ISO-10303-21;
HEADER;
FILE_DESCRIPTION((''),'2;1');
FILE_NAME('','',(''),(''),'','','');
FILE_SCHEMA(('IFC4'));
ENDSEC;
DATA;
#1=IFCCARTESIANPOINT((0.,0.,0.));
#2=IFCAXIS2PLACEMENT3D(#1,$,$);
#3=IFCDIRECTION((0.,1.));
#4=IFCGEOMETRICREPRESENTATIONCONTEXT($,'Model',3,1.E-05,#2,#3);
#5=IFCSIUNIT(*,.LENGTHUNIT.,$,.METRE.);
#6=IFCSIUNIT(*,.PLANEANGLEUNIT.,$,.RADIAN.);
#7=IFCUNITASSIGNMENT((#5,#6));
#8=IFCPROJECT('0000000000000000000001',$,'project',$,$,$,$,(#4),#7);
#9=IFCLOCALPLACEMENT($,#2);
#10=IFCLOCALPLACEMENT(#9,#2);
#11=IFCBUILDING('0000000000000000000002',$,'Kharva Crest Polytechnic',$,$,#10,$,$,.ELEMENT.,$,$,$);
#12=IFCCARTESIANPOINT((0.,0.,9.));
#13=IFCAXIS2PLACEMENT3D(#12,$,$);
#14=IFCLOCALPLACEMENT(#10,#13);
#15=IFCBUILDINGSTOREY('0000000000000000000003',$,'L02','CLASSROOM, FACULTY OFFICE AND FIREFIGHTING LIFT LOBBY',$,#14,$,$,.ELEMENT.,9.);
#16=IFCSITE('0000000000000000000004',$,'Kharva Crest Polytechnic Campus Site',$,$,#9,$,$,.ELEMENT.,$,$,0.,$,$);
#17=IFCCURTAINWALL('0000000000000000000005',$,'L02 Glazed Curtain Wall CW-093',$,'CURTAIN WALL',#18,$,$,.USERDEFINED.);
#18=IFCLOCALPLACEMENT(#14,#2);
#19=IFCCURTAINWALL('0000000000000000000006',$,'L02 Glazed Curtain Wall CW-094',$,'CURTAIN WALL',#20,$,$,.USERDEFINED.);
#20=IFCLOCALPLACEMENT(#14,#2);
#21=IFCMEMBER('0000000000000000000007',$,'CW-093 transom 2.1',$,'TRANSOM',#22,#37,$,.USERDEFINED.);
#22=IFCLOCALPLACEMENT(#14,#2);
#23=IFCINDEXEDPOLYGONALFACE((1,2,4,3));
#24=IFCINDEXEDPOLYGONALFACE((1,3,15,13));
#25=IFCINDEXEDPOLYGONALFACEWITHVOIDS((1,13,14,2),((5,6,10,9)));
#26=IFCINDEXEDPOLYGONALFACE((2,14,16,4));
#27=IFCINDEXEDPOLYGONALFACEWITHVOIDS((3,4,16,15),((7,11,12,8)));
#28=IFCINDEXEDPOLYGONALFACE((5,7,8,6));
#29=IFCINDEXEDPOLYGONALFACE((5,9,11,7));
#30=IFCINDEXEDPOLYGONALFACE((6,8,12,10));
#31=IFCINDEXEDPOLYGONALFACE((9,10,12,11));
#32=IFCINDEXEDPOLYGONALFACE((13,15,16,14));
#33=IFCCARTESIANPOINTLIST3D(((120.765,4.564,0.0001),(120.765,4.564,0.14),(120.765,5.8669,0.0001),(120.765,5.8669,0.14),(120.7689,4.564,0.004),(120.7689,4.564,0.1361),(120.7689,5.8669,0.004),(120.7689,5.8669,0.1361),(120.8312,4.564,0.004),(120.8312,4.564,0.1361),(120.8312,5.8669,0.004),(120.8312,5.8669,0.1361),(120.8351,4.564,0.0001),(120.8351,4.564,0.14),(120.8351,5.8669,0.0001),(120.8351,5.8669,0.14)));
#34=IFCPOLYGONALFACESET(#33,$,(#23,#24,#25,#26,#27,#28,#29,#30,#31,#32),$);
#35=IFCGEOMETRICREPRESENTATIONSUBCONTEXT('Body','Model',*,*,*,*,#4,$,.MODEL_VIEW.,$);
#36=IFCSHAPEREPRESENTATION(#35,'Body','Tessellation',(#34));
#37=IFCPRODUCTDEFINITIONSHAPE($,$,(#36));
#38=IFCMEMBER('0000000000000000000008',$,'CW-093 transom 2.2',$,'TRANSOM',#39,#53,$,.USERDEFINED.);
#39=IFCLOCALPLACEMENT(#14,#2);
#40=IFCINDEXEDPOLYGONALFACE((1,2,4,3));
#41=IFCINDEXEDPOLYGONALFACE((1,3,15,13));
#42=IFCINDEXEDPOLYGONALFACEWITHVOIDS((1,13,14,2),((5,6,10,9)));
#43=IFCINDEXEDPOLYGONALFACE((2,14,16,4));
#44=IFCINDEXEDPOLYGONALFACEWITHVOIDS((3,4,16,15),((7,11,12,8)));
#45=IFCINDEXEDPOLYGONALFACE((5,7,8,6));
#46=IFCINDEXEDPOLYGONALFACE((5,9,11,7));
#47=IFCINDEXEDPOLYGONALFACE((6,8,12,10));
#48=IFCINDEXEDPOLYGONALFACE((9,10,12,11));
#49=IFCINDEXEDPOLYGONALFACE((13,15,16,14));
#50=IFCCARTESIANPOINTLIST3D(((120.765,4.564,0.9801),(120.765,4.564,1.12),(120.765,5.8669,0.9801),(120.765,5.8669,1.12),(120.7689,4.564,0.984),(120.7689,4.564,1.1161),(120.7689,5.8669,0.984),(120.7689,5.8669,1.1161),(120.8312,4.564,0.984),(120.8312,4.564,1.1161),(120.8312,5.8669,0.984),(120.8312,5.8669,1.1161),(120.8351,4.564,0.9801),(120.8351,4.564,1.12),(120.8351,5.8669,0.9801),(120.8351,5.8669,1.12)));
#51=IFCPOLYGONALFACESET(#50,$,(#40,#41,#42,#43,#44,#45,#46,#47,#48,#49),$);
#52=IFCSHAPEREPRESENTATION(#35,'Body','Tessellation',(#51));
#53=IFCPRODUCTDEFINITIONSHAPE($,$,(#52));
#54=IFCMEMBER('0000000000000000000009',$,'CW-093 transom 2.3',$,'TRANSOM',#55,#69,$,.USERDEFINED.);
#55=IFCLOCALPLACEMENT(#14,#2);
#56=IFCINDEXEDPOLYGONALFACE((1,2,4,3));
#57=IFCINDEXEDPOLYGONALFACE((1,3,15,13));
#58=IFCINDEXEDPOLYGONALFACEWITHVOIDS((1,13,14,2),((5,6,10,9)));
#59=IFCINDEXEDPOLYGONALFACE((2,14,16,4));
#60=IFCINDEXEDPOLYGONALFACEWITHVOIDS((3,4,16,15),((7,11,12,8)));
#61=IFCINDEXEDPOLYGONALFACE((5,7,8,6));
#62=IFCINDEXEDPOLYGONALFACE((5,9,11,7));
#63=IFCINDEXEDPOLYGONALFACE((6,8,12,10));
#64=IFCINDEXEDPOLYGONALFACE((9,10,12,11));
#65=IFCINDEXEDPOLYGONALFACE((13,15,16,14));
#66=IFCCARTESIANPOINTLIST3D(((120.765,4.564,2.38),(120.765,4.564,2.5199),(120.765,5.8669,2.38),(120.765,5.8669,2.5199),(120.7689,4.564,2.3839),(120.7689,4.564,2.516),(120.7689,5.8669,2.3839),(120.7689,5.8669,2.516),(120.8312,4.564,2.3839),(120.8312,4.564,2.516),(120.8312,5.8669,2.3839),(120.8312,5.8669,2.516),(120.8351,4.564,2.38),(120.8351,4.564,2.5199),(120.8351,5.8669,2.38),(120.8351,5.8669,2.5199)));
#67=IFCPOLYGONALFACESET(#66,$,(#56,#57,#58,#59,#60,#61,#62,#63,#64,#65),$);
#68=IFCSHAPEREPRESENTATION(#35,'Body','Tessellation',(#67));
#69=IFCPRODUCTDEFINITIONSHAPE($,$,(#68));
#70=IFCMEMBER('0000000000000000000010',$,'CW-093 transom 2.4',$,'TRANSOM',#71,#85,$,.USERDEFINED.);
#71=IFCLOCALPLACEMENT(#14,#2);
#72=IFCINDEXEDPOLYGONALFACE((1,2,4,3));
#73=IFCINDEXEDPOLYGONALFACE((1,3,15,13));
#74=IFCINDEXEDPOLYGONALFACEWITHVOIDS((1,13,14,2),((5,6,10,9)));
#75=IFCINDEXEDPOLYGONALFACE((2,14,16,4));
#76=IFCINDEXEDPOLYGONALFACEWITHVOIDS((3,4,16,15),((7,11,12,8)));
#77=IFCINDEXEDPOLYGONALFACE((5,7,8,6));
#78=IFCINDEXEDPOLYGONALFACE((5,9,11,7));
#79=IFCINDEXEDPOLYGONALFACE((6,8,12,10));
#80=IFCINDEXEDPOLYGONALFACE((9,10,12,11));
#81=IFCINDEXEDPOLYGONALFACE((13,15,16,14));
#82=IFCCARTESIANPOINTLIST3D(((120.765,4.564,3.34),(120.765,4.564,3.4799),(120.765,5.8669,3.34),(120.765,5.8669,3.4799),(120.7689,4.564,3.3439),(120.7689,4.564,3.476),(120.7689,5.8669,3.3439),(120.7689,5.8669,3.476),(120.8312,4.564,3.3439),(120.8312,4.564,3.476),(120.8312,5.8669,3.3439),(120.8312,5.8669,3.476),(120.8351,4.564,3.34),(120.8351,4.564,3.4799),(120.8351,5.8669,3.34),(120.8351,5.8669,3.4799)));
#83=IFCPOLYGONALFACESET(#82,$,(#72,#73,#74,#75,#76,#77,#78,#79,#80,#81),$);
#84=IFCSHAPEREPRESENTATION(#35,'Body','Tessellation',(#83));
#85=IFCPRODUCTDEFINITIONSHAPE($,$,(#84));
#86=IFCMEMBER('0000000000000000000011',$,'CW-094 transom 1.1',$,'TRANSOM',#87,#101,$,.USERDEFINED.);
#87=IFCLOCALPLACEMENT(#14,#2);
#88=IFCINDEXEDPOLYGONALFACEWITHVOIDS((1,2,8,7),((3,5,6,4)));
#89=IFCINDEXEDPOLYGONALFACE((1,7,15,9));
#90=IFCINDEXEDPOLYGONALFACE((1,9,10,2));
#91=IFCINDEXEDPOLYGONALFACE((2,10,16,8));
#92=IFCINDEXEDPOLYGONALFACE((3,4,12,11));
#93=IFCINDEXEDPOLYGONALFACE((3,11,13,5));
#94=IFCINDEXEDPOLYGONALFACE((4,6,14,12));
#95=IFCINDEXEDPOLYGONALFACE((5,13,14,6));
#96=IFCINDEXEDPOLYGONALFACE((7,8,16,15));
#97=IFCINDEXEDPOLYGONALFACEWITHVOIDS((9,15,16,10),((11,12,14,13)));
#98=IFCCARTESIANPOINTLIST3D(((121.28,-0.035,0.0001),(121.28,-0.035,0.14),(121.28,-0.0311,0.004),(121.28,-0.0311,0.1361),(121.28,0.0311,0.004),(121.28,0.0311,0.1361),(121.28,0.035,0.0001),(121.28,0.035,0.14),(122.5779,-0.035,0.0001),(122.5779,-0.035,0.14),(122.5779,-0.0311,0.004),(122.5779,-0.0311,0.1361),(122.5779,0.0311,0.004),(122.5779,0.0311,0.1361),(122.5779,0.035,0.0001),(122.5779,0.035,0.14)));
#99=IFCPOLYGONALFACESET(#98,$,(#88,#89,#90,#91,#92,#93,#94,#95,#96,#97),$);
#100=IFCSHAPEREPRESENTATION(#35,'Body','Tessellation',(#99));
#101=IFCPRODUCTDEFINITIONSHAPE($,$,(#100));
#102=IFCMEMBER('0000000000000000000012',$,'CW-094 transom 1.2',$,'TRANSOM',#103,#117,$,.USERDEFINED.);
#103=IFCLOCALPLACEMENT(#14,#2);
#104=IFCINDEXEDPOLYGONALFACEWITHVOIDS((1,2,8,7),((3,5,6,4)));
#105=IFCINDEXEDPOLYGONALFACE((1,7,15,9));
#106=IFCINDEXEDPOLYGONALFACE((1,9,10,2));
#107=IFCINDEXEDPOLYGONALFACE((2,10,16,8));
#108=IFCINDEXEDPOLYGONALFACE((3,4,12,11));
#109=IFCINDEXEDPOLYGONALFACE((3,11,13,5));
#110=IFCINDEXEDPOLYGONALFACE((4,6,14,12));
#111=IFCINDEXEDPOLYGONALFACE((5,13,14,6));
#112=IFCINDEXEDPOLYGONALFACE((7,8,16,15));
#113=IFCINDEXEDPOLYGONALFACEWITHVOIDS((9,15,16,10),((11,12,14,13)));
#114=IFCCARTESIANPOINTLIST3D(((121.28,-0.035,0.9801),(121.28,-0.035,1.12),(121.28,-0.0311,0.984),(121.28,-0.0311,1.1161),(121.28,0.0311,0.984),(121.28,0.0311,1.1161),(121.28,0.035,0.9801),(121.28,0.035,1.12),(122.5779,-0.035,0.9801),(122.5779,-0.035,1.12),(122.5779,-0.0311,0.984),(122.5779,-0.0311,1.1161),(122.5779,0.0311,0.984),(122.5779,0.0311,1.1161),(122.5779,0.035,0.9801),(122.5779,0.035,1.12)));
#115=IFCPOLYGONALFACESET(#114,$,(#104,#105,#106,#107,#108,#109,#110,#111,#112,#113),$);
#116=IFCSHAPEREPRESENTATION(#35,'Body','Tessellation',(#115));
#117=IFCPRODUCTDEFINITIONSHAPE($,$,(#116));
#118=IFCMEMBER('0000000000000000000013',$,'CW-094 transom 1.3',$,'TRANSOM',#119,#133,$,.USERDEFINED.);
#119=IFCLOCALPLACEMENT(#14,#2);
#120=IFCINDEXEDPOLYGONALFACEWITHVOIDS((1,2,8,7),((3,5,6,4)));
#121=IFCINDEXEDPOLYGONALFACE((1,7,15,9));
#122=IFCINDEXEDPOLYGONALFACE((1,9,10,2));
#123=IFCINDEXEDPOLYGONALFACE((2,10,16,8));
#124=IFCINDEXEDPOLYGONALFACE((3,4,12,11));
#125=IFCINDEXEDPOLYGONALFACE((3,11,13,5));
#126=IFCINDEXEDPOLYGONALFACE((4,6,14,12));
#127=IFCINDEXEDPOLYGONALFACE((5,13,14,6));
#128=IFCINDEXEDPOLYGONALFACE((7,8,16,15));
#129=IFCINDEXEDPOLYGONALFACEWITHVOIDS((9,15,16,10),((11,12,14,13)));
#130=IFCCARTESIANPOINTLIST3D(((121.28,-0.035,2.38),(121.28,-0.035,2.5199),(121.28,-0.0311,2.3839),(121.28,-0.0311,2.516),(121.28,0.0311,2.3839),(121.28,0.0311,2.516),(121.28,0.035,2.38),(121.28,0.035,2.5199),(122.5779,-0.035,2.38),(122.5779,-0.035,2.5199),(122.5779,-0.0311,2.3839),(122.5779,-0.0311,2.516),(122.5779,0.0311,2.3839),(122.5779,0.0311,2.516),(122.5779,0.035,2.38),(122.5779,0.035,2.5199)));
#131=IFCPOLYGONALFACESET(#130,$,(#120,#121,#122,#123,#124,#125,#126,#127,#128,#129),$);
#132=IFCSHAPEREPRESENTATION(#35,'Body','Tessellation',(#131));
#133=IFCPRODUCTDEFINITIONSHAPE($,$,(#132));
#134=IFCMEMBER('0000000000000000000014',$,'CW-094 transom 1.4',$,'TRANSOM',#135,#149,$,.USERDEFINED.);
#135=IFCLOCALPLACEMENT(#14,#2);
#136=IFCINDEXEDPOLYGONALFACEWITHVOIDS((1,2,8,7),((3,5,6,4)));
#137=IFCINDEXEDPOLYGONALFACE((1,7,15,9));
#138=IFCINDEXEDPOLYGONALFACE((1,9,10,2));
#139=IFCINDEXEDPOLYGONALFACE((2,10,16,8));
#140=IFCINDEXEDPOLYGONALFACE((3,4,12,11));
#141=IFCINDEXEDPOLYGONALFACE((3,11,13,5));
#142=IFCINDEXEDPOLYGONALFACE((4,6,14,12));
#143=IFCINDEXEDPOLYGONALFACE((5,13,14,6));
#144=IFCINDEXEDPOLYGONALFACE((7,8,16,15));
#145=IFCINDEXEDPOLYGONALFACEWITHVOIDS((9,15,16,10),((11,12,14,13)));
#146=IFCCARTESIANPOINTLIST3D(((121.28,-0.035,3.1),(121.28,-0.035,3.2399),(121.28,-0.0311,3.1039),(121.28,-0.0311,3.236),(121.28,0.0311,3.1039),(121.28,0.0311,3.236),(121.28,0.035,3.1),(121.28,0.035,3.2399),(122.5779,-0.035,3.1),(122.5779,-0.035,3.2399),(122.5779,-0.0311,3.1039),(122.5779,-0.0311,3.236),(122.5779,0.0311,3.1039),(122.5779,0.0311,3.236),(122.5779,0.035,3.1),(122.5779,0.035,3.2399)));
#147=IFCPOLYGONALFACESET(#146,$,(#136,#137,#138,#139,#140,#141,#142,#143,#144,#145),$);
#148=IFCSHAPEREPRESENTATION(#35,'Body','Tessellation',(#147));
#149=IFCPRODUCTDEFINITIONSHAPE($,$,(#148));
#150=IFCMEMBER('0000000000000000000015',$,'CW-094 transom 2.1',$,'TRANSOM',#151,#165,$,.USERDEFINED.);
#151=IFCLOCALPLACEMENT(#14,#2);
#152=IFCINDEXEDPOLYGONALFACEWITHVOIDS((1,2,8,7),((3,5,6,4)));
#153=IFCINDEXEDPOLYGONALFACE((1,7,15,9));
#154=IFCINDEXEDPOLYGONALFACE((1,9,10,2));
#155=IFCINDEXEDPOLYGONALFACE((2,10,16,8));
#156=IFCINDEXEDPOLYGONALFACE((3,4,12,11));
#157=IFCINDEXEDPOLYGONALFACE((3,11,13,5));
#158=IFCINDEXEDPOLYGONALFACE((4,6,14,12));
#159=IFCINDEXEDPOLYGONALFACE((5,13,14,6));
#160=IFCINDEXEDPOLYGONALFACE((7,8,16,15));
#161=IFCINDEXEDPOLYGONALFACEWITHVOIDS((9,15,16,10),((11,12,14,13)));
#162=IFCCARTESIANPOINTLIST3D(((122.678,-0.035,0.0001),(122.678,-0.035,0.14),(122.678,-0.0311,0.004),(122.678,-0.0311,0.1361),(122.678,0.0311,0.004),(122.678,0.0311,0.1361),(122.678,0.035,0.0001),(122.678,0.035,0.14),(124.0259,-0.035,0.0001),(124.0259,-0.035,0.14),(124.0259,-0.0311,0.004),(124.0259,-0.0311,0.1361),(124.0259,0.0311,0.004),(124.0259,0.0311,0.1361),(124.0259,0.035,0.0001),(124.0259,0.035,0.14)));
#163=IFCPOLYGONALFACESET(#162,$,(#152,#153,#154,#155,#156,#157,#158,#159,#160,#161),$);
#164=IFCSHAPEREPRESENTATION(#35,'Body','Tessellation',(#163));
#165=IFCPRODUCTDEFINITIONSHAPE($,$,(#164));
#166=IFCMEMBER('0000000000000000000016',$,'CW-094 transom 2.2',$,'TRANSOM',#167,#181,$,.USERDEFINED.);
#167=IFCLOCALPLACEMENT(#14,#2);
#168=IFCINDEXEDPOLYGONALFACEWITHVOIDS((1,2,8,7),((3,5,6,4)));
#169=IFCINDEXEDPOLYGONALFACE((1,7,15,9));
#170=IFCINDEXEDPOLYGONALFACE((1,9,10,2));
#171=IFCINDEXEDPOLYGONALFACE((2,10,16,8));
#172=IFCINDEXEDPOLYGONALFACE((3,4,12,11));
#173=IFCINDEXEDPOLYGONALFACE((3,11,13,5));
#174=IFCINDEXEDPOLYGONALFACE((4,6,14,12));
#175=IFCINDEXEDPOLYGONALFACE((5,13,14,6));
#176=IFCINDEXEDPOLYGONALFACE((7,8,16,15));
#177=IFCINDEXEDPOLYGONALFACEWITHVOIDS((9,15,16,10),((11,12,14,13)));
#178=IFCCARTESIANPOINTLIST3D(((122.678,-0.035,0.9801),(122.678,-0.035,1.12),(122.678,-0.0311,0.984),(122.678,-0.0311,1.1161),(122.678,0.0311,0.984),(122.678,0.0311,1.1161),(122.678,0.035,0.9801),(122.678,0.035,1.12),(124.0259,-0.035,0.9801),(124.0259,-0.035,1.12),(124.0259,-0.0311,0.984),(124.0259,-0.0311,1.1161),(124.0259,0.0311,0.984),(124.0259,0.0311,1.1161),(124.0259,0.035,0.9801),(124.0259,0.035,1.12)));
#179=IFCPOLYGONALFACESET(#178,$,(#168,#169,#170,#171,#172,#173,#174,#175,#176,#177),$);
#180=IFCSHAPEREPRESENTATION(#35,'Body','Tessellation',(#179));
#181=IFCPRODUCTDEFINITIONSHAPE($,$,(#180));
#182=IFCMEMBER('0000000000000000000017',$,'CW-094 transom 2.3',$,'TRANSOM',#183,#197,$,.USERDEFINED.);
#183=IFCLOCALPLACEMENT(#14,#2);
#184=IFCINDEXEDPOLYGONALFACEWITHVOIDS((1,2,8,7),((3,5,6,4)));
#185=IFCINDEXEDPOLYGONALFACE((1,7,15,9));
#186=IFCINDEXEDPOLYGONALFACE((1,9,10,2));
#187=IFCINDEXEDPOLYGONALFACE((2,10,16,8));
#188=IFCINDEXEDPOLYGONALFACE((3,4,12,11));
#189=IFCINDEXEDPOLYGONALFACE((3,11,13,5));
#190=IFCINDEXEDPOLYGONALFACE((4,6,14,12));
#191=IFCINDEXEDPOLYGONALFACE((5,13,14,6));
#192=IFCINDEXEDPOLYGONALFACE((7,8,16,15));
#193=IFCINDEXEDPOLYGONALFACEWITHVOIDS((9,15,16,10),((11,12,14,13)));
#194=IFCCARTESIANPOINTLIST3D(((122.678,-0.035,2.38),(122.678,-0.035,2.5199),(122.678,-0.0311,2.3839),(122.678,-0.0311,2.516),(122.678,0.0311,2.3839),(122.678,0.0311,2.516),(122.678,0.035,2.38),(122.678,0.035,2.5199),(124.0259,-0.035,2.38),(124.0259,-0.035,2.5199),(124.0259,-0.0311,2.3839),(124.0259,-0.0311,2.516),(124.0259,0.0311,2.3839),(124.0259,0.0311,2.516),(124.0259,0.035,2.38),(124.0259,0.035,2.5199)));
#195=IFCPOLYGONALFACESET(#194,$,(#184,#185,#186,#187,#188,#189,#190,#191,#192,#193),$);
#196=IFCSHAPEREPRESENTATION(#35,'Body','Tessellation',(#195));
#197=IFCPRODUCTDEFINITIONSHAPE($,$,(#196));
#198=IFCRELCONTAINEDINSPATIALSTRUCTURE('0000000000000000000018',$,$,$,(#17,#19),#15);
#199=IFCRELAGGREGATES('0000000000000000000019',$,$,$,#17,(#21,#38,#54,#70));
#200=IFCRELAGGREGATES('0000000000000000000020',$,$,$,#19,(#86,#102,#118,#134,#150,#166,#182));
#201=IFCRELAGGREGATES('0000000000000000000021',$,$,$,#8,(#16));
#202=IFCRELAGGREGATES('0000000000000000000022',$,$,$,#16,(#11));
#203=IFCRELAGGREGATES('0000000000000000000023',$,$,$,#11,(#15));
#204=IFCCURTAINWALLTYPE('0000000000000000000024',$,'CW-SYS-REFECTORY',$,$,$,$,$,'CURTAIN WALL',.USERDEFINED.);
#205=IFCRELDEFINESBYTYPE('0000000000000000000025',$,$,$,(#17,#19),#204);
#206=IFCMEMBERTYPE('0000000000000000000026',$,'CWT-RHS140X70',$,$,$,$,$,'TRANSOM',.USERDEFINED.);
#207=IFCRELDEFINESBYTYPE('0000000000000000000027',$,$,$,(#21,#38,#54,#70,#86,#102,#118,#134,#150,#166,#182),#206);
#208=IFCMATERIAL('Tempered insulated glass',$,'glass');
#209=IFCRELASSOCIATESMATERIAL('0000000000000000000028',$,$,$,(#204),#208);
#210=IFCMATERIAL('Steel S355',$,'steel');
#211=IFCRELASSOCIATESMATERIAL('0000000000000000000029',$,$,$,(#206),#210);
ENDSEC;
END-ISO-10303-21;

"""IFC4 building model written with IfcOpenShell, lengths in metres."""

from ifc_helpers import new_model, si_unit, direction, frame, origin, origin_2d, place, context, subcontext, project, spatial, hollow_rectangle, extrude, material, material_profile, profile_set, type_object, element, aggregate, save


model = new_model("IFC4")

# Units and contexts
model_context = context("Model", 3, precision=1e-05, world=origin(), true_north=direction((0.0, 1.0)))
body_context = subcontext(model_context, "Body", "Model", "MODEL_VIEW")
ifc_project = project(units=[si_unit("LENGTHUNIT", "METRE"), si_unit("PLANEANGLEUNIT", "RADIAN")], contexts=[model_context])

# Site, building, storey
site_placement = place(None, origin())
site = spatial("IfcSite", under=ifc_project, at=site_placement, Name="Kharva Crest Polytechnic Campus Site", CompositionType="ELEMENT", RefElevation=0.0)
building_placement = place(site_placement, origin())
building = spatial("IfcBuilding", under=site, at=building_placement, Name="Kharva Crest Polytechnic", CompositionType="ELEMENT")
storey_placement = place(building_placement, frame((0.0, 0.0, 9.0)))
storey = spatial("IfcBuildingStorey", under=building, at=storey_placement, Name="L02", Description="CLASSROOM, FACULTY OFFICE AND FIREFIGHTING LIFT LOBBY", CompositionType="ELEMENT", Elevation=9.0)

# Curtain walls
ifc_material_1 = material(Name="Tempered insulated glass", Category="glass")
curtain_wall_type = type_object("IfcCurtainWallType", Name="CW-SYS-REFECTORY", ElementType="CURTAIN WALL", PredefinedType="USERDEFINED", material=ifc_material_1)
curtain_wall_1_placement = place(storey_placement, origin())
curtain_wall_1 = element("IfcCurtainWall", 1, at=curtain_wall_1_placement, inside=storey, type_object=curtain_wall_type, Name="L02 Glazed Curtain Wall CW-093", ObjectType="CURTAIN WALL", PredefinedType="USERDEFINED")
ifc_material_2 = material(Name="Steel S355", Category="steel")
curtain_wall_2_placement = place(storey_placement, origin())
curtain_wall_2 = element("IfcCurtainWall", 2, at=curtain_wall_2_placement, inside=storey, type_object=curtain_wall_type, Name="L02 Glazed Curtain Wall CW-094", ObjectType="CURTAIN WALL", PredefinedType="USERDEFINED")

# Members
ifc_material_profile_1 = material_profile(ifc_material_2, hollow_rectangle(XDim=0.0701, YDim=0.1399, WallThickness=0.0039, at=origin_2d()), Name="RHS 140X70X4.0")
ifc_profile_set_1 = profile_set([ifc_material_profile_1], Name="Steel S355")
member_type_1 = type_object("IfcMemberType", Name="CWT-RHS140X70", ElementType="TRANSOM", PredefinedType="USERDEFINED", material=ifc_profile_set_1)
member_1_placement = place(storey_placement, frame((120.8, 5.8669, 0.0701), z_axis=(0.0, -1.0, 0.0), x_axis=(1.0, 0.0, 0.0)))
member_1 = element("IfcMember", 3, at=member_1_placement, type_object=member_type_1, Name="CW-093 transom 2.1", ObjectType="TRANSOM", PredefinedType="USERDEFINED", context=body_context, shape_type="SweptSolid", body=[
    extrude(hollow_rectangle(XDim=0.0701, YDim=0.1399, WallThickness=0.0039, at=origin_2d()), origin(), (0.0, 0.0, 1.0), 1.303),
])
member_2_placement = place(storey_placement, frame((120.8, 5.8669, 1.05), z_axis=(0.0, -1.0, 0.0), x_axis=(1.0, 0.0, 0.0)))
member_2 = element("IfcMember", 4, at=member_2_placement, type_object=member_type_1, Name="CW-093 transom 2.2", ObjectType="TRANSOM", PredefinedType="USERDEFINED", context=body_context, shape_type="SweptSolid", body=[
    extrude(hollow_rectangle(XDim=0.0701, YDim=0.1399, WallThickness=0.0039, at=origin_2d()), origin(), (0.0, 0.0, 1.0), 1.303),
])
member_3_placement = place(storey_placement, frame((120.8, 5.8669, 2.45), z_axis=(0.0, -1.0, 0.0), x_axis=(1.0, 0.0, 0.0)))
member_3 = element("IfcMember", 5, at=member_3_placement, type_object=member_type_1, Name="CW-093 transom 2.3", ObjectType="TRANSOM", PredefinedType="USERDEFINED", context=body_context, shape_type="SweptSolid", body=[
    extrude(hollow_rectangle(XDim=0.0701, YDim=0.1399, WallThickness=0.0039, at=origin_2d()), origin(), (0.0, 0.0, 1.0), 1.303),
])
member_4_placement = place(storey_placement, frame((120.8, 5.8669, 3.4099), z_axis=(0.0, -1.0, 0.0), x_axis=(1.0, 0.0, 0.0)))
member_4 = element("IfcMember", 6, at=member_4_placement, type_object=member_type_1, Name="CW-093 transom 2.4", ObjectType="TRANSOM", PredefinedType="USERDEFINED", context=body_context, shape_type="SweptSolid", body=[
    extrude(hollow_rectangle(XDim=0.0701, YDim=0.1399, WallThickness=0.0039, at=origin_2d()), origin(), (0.0, 0.0, 1.0), 1.303),
])
member_5_placement = place(storey_placement, frame((121.28, 0.0, 0.0701), z_axis=(1.0, 0.0, 0.0), x_axis=(0.0, 1.0, 0.0)))
member_5 = element("IfcMember", 7, at=member_5_placement, type_object=member_type_1, Name="CW-094 transom 1.1", ObjectType="TRANSOM", PredefinedType="USERDEFINED", context=body_context, shape_type="SweptSolid", body=[
    extrude(hollow_rectangle(XDim=0.0701, YDim=0.1399, WallThickness=0.0039, at=origin_2d()), origin(), (0.0, 0.0, 1.0), 1.2979),
])
member_6_placement = place(storey_placement, frame((121.28, 0.0, 1.05), z_axis=(1.0, 0.0, 0.0), x_axis=(0.0, 1.0, 0.0)))
member_6 = element("IfcMember", 8, at=member_6_placement, type_object=member_type_1, Name="CW-094 transom 1.2", ObjectType="TRANSOM", PredefinedType="USERDEFINED", context=body_context, shape_type="SweptSolid", body=[
    extrude(hollow_rectangle(XDim=0.0701, YDim=0.1399, WallThickness=0.0039, at=origin_2d()), origin(), (0.0, 0.0, 1.0), 1.2979),
])
member_7_placement = place(storey_placement, frame((121.28, 0.0, 2.45), z_axis=(1.0, 0.0, 0.0), x_axis=(0.0, 1.0, 0.0)))
member_7 = element("IfcMember", 9, at=member_7_placement, type_object=member_type_1, Name="CW-094 transom 1.3", ObjectType="TRANSOM", PredefinedType="USERDEFINED", context=body_context, shape_type="SweptSolid", body=[
    extrude(hollow_rectangle(XDim=0.0701, YDim=0.1399, WallThickness=0.0039, at=origin_2d()), origin(), (0.0, 0.0, 1.0), 1.2979),
])
member_8_placement = place(storey_placement, frame((121.28, 0.0, 3.1699), z_axis=(1.0, 0.0, 0.0), x_axis=(0.0, 1.0, 0.0)))
member_8 = element("IfcMember", 10, at=member_8_placement, type_object=member_type_1, Name="CW-094 transom 1.4", ObjectType="TRANSOM", PredefinedType="USERDEFINED", context=body_context, shape_type="SweptSolid", body=[
    extrude(hollow_rectangle(XDim=0.0701, YDim=0.1399, WallThickness=0.0039, at=origin_2d()), origin(), (0.0, 0.0, 1.0), 1.2979),
])
member_9_placement = place(storey_placement, frame((122.678, 0.0, 0.0701), z_axis=(1.0, 0.0, 0.0), x_axis=(0.0, 1.0, 0.0)))
member_9 = element("IfcMember", 11, at=member_9_placement, type_object=member_type_1, Name="CW-094 transom 2.1", ObjectType="TRANSOM", PredefinedType="USERDEFINED", context=body_context, shape_type="SweptSolid", body=[
    extrude(hollow_rectangle(XDim=0.0701, YDim=0.1399, WallThickness=0.0039, at=origin_2d()), origin(), (0.0, 0.0, 1.0), 1.3479),
])
member_10_placement = place(storey_placement, frame((122.678, 0.0, 1.05), z_axis=(1.0, 0.0, 0.0), x_axis=(0.0, 1.0, 0.0)))
member_10 = element("IfcMember", 12, at=member_10_placement, type_object=member_type_1, Name="CW-094 transom 2.2", ObjectType="TRANSOM", PredefinedType="USERDEFINED", context=body_context, shape_type="SweptSolid", body=[
    extrude(hollow_rectangle(XDim=0.0701, YDim=0.1399, WallThickness=0.0039, at=origin_2d()), origin(), (0.0, 0.0, 1.0), 1.3479),
])
member_11_placement = place(storey_placement, frame((122.678, 0.0, 2.45), z_axis=(1.0, 0.0, 0.0), x_axis=(0.0, 1.0, 0.0)))
member_11 = element("IfcMember", 13, at=member_11_placement, type_object=member_type_1, Name="CW-094 transom 2.3", ObjectType="TRANSOM", PredefinedType="USERDEFINED", context=body_context, shape_type="SweptSolid", body=[
    extrude(hollow_rectangle(XDim=0.0701, YDim=0.1399, WallThickness=0.0039, at=origin_2d()), origin(), (0.0, 0.0, 1.0), 1.3479),
])

aggregate(curtain_wall_1, [member_1, member_2, member_3, member_4])
aggregate(curtain_wall_2, [member_5, member_6, member_7, member_8, member_9, member_10, member_11])

save(model, "model.ifc")
